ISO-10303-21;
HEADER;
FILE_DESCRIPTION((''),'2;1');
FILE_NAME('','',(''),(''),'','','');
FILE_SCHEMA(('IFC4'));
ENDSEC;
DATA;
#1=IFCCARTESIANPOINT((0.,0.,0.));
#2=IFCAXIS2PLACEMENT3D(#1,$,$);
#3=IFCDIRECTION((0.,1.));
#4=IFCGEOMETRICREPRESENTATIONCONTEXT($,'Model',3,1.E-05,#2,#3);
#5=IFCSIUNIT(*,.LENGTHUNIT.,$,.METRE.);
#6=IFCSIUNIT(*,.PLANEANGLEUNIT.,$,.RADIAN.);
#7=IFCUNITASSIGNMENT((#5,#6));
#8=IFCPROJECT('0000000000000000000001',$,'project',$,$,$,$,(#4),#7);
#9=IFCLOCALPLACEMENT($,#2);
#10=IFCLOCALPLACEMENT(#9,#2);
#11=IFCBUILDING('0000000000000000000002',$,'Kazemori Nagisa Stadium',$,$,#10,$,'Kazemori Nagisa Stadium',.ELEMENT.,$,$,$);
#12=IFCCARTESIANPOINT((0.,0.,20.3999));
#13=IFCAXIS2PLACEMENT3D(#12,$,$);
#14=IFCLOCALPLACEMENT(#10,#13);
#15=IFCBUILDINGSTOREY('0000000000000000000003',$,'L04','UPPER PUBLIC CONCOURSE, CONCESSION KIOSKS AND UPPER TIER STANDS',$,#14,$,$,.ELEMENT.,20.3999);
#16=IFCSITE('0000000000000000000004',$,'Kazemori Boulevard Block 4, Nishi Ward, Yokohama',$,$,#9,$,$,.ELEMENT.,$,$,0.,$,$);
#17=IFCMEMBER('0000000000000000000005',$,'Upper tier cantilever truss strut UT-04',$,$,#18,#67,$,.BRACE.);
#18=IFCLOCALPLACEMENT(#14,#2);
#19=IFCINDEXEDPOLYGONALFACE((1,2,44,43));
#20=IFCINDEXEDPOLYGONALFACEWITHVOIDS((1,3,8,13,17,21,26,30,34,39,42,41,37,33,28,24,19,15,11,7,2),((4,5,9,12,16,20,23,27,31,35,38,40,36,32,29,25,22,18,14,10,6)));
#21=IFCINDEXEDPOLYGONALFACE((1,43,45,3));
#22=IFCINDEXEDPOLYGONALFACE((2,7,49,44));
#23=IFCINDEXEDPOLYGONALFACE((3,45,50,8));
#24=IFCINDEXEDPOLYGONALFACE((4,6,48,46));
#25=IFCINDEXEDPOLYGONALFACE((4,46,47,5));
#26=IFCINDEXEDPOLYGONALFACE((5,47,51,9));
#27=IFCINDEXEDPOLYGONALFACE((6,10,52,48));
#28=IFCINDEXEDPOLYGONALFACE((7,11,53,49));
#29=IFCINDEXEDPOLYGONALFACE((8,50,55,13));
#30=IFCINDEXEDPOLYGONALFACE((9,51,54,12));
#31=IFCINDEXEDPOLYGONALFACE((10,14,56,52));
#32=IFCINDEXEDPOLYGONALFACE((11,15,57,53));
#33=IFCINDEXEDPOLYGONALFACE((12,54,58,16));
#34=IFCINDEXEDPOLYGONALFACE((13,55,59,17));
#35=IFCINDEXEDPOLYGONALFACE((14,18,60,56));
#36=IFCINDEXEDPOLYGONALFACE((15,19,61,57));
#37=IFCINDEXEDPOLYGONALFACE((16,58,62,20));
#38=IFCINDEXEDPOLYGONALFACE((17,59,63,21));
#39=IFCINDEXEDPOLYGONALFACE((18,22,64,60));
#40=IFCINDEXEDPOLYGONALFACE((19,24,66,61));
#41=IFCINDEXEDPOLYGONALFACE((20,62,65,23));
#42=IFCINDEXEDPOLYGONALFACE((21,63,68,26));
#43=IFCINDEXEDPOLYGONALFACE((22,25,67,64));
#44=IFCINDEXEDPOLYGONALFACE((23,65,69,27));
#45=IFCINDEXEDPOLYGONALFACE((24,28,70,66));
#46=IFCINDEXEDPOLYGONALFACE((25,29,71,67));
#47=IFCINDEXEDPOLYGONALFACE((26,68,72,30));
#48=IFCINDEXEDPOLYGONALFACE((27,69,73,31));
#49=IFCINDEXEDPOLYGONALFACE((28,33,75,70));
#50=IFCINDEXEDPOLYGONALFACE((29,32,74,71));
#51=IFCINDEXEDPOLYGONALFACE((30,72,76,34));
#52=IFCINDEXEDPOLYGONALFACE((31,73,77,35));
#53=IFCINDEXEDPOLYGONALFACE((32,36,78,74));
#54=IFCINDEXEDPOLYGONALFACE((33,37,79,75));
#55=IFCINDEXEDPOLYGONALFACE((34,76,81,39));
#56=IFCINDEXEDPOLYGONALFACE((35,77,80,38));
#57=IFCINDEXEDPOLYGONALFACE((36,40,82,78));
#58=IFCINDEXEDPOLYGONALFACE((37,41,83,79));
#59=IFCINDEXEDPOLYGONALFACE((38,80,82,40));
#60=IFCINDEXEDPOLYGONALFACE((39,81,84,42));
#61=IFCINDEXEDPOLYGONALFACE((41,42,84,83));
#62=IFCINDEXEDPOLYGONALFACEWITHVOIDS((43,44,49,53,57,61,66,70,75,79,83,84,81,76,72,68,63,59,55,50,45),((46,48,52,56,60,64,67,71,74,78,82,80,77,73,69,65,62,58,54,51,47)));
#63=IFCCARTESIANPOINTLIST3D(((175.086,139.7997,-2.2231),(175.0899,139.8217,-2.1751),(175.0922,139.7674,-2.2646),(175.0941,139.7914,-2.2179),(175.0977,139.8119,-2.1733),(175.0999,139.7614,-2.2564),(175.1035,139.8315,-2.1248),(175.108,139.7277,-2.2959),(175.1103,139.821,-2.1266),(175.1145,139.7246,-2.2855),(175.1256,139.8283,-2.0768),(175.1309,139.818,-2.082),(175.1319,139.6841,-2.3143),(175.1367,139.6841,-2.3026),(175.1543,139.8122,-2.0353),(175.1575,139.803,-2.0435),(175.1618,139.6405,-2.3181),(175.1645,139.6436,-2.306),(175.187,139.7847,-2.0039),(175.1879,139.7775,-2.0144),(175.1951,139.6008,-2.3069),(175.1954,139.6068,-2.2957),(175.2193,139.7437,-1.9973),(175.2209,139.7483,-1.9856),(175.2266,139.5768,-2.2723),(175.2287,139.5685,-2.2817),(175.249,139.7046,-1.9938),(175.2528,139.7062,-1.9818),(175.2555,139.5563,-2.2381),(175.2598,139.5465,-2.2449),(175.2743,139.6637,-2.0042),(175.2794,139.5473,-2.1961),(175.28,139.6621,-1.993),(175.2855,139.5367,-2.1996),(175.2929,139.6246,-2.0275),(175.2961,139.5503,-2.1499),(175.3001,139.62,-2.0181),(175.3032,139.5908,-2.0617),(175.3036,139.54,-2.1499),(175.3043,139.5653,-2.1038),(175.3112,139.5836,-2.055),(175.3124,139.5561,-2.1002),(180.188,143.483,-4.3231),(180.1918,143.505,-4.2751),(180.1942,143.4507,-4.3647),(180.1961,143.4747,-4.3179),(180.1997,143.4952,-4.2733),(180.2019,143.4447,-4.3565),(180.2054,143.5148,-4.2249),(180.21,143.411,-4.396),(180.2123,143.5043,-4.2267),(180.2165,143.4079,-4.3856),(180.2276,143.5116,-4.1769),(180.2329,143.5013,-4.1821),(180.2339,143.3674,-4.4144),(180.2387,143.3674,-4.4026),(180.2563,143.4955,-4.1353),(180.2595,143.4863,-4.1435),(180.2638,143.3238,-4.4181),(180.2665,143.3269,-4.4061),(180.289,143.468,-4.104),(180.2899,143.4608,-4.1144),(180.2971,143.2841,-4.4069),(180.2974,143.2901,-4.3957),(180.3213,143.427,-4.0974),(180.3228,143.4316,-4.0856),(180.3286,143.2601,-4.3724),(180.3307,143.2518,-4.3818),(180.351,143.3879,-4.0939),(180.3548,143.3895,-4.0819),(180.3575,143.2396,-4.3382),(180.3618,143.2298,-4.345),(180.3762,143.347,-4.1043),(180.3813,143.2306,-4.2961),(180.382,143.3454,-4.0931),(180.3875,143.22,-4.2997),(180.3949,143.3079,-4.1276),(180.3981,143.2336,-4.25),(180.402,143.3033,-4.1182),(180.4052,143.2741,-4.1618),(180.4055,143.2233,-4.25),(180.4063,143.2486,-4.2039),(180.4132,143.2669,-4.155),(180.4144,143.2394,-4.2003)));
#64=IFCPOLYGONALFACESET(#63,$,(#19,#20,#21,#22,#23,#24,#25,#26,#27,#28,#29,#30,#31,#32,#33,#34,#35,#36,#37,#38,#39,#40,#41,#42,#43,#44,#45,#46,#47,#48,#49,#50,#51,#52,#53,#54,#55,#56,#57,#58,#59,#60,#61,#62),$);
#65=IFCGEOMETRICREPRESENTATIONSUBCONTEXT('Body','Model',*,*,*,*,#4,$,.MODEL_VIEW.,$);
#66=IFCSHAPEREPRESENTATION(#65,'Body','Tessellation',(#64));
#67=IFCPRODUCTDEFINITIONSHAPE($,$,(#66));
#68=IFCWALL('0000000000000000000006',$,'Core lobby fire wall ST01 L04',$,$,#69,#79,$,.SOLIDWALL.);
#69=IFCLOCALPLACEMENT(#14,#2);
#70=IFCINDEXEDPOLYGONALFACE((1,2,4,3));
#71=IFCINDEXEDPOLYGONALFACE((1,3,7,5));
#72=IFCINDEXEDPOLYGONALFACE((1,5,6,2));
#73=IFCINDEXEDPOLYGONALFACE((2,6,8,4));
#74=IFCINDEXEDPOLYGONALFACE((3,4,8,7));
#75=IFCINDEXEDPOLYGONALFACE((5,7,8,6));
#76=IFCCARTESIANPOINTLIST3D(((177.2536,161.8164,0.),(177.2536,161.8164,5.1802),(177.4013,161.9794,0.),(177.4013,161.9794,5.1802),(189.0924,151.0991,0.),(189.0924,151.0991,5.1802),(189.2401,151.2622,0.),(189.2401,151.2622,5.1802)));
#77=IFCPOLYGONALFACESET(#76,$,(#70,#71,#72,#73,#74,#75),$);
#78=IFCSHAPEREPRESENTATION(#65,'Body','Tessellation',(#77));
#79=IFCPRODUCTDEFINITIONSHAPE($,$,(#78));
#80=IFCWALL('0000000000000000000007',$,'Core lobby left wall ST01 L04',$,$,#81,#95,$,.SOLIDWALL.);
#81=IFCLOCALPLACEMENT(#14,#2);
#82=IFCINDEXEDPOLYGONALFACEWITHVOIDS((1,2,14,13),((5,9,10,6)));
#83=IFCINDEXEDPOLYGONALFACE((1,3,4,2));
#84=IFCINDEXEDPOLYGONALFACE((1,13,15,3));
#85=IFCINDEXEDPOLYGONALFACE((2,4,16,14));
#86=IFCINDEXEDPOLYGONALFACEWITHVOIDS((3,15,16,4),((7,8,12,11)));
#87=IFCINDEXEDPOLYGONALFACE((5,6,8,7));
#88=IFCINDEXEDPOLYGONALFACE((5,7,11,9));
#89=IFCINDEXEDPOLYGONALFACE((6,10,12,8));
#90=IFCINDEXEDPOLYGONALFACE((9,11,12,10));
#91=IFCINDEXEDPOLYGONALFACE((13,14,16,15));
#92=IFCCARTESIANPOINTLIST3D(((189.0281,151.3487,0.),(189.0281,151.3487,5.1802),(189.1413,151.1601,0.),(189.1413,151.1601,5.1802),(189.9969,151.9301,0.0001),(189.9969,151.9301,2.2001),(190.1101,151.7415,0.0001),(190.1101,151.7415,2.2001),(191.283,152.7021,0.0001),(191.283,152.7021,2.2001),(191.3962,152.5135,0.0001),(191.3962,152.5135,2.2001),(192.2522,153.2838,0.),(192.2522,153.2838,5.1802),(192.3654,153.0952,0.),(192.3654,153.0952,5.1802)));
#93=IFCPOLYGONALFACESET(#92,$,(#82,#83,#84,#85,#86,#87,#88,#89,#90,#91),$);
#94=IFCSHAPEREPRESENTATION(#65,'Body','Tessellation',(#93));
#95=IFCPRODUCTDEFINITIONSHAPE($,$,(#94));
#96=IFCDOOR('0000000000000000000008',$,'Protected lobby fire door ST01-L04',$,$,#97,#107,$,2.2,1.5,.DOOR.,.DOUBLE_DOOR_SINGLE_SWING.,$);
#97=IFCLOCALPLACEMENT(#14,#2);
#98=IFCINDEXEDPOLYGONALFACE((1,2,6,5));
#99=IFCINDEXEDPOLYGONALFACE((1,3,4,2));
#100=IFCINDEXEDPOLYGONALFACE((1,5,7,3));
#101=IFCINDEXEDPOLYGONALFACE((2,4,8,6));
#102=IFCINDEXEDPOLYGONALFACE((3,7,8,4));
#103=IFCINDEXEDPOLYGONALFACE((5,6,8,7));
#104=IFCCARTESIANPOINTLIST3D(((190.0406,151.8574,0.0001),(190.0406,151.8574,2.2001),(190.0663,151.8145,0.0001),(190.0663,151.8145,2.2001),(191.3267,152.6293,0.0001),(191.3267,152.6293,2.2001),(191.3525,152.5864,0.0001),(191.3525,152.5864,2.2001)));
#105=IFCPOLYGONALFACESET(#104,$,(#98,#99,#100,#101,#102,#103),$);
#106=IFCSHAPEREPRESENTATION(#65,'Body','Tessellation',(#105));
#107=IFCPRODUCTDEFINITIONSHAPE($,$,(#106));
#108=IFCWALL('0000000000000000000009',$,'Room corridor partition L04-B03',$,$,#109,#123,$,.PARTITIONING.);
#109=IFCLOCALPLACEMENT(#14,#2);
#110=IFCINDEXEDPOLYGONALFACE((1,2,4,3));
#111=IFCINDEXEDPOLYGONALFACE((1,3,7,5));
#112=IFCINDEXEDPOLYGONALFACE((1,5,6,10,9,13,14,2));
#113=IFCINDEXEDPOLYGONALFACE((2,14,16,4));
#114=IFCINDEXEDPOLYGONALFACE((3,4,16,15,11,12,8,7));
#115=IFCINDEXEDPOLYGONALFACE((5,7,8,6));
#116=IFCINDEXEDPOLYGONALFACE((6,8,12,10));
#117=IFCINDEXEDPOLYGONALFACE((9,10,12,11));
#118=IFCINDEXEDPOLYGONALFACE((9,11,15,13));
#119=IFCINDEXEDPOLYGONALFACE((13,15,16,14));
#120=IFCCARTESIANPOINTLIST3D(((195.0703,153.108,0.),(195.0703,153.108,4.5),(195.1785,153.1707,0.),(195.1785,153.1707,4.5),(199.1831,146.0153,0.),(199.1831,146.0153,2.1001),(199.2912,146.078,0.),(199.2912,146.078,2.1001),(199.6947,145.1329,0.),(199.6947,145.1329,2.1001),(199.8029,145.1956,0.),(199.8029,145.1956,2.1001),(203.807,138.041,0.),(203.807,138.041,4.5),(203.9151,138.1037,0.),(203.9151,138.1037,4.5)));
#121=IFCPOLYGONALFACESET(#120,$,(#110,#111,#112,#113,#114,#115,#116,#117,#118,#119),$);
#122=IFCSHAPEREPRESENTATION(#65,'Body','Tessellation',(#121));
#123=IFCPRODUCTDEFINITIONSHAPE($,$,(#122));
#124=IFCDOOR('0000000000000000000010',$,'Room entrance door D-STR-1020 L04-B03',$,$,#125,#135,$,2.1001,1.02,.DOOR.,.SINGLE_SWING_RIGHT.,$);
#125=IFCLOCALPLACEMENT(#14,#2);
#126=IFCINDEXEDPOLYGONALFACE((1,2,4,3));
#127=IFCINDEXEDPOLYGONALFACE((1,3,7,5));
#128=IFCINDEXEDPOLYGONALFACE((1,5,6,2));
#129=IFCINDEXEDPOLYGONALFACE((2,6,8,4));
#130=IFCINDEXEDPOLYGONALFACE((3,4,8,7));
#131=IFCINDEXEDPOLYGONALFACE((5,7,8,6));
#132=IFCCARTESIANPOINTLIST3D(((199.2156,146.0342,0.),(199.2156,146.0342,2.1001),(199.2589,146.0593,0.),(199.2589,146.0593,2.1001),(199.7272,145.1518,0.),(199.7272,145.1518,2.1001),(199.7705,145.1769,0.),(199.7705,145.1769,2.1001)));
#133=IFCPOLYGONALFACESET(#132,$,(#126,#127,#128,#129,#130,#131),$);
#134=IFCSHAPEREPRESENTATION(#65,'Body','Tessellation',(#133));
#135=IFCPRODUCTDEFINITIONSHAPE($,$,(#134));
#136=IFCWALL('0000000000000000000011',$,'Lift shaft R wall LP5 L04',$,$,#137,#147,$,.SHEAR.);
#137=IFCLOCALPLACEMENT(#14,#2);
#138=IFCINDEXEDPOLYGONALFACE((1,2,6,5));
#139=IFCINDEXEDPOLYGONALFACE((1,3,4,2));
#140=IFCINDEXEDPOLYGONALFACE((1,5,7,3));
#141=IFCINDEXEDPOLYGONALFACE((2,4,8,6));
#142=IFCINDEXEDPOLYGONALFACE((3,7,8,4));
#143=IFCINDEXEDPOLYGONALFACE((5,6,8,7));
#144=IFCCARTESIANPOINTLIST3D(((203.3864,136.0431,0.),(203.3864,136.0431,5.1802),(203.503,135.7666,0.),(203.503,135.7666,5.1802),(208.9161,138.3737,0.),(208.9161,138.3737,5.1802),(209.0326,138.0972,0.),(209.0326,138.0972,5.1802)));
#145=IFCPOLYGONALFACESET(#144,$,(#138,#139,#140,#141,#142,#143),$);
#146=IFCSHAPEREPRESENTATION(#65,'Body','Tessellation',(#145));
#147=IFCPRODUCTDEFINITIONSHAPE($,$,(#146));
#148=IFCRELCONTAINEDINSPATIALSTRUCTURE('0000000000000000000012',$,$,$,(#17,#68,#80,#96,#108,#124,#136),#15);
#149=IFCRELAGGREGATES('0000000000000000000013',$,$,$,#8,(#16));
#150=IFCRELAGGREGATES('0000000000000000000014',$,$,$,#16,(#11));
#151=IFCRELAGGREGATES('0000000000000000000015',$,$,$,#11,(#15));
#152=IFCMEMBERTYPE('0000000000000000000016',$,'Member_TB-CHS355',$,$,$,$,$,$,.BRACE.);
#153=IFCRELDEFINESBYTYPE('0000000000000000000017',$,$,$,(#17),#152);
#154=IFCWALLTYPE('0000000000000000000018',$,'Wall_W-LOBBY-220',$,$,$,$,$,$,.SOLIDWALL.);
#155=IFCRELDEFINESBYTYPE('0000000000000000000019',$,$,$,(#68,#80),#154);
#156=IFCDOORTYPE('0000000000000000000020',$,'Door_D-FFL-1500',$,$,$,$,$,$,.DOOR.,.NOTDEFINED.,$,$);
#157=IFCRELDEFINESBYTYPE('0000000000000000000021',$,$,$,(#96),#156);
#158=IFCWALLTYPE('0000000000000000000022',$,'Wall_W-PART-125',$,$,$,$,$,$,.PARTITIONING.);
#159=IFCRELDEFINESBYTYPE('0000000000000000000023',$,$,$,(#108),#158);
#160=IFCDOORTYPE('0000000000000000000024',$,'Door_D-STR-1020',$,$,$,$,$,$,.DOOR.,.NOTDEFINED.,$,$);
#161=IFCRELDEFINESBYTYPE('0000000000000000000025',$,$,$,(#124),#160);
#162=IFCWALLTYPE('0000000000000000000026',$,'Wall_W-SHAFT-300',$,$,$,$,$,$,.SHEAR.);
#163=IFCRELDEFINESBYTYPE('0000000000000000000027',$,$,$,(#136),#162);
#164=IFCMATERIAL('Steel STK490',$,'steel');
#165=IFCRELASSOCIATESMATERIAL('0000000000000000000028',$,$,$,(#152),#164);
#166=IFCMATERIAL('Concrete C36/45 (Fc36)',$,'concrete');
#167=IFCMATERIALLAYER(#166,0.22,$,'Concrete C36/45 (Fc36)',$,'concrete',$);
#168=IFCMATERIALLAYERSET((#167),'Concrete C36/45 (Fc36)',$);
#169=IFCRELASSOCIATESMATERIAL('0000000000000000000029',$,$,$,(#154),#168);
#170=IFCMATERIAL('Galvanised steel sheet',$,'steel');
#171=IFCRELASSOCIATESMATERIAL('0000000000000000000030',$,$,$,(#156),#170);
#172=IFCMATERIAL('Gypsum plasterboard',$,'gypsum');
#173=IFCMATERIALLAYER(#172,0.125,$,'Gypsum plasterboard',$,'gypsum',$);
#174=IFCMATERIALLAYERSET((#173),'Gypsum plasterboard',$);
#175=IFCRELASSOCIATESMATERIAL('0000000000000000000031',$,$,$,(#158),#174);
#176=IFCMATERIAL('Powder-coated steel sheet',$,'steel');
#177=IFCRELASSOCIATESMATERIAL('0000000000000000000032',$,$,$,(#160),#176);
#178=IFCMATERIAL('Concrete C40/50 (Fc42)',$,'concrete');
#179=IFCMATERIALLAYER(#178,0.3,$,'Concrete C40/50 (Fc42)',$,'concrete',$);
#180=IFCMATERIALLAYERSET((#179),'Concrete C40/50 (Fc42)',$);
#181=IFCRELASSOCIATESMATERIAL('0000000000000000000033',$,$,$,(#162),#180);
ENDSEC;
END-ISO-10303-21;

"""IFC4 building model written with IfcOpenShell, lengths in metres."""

from ifc_helpers import new_model, si_unit, direction, frame, frame_2d, origin, origin_2d, place, context, subcontext, project, spatial, rectangle, hollow_circle, extrude, material, layer, layer_set, material_profile, profile_set, type_object, element, fill, save


model = new_model("IFC4")

# Units and contexts
model_context = context("Model", 3, precision=1e-05, world=origin(), true_north=direction((0.0, 1.0)))
body_context = subcontext(model_context, "Body", "Model", "MODEL_VIEW")
ifc_project = project(units=[si_unit("LENGTHUNIT", "METRE"), si_unit("PLANEANGLEUNIT", "RADIAN")], contexts=[model_context])

# Site, building, storey
site_placement = place(None, origin())
site = spatial("IfcSite", under=ifc_project, at=site_placement, Name="Kazemori Boulevard Block 4, Nishi Ward, Yokohama", CompositionType="ELEMENT", RefElevation=0.0)
building_placement = place(site_placement, origin())
building = spatial("IfcBuilding", under=site, at=building_placement, Name="Kazemori Nagisa Stadium", LongName="Kazemori Nagisa Stadium", CompositionType="ELEMENT")
storey_placement = place(building_placement, frame((0.0, 0.0, 20.3999)))
storey = spatial("IfcBuildingStorey", under=building, at=storey_placement, Name="L04", Description="UPPER PUBLIC CONCOURSE, CONCESSION KIOSKS AND UPPER TIER STANDS", CompositionType="ELEMENT", Elevation=20.3999)

# Member
ifc_material_1 = material(Name="Steel STK490", Category="steel")
ifc_material_profile_1 = material_profile(ifc_material_1, hollow_circle(Radius=0.1777, WallThickness=0.0127, at=origin_2d()), Name="CHS-355.6x12.7")
ifc_profile_set_1 = profile_set([ifc_material_profile_1], Name="Steel STK490")
member_type = type_object("IfcMemberType", Name="Member_TB-CHS355", PredefinedType="BRACE", material=ifc_profile_set_1)
member_placement = place(storey_placement, frame((180.3015, 143.3674, -4.25), z_axis=(-0.76909, -0.555233, 0.316571), x_axis=(0.585338, -0.81079, 0.0)))
element("IfcMember", 1, at=member_placement, inside=storey, type_object=member_type, Name="Upper tier cantilever truss strut UT-04", PredefinedType="BRACE", context=body_context, shape_type="SweptSolid", body=[
    extrude(hollow_circle(Radius=0.1777, WallThickness=0.0127, at=origin_2d()), origin(), (0.0, 0.0, 1.0), 6.6338),
])

# Wall
ifc_material_2 = material(Name="Concrete C36/45 (Fc36)", Category="concrete")
ifc_layer_1 = layer(ifc_material_2, 0.22, Name="Concrete C36/45 (Fc36)", Category="concrete")
ifc_layer_set_1 = layer_set([ifc_layer_1], Name="Concrete C36/45 (Fc36)")
wall_type_1 = type_object("IfcWallType", Name="Wall_W-LOBBY-220", PredefinedType="SOLIDWALL", material=ifc_layer_set_1)
wall_1_placement = place(storey_placement, frame((189.1663, 151.1807, 0.0), z_axis=(0.0, 0.0, 1.0), x_axis=(-0.741351, 0.671117, 0.0)))
element("IfcWall", 2, at=wall_1_placement, inside=storey, type_object=wall_type_1, Name="Core lobby fire wall ST01 L04", PredefinedType="SOLIDWALL", context=body_context, shape_type="SweptSolid", body=[
    extrude(rectangle(XDim=15.9692, YDim=0.22, at=frame_2d((7.9846, 0.0))), origin(), (0.0, 0.0, 1.0), 5.1802),
])

# Walls, openings, doors
wall_2_placement = place(storey_placement, frame((189.0847, 151.2544, 0.0), z_axis=(0.0, 0.0, 1.0), x_axis=(0.857424, 0.51461, 0.0)))
wall_2 = element("IfcWall", 3, at=wall_2_placement, inside=storey, type_object=wall_type_1, Name="Core lobby left wall ST01 L04", PredefinedType="SOLIDWALL", context=body_context, shape_type="SweptSolid", body=[
    extrude(rectangle(XDim=3.7603, YDim=0.22, at=frame_2d((1.8801, 0.0))), origin(), (0.0, 0.0, 1.0), 5.1802),
])
opening_1_placement = place(wall_2_placement, frame((1.1299, 0.0, 0.0)))
opening_1 = element("IfcOpeningElement", 4, at=opening_1_placement, cuts=wall_2, PredefinedType="OPENING", context=body_context, shape_type="SweptSolid", body=[
    extrude(rectangle(XDim=1.5, YDim=2.2, at=frame_2d((0.75, 1.1001))), frame((0.0, 0.1199, 0.0), z_axis=(0.0, -1.0, 0.0), x_axis=(1.0, 0.0, 0.0)), (0.0, 0.0, 1.0), 0.24),
])
ifc_material_3 = material(Name="Galvanised steel sheet", Category="steel")
door_type_1 = type_object("IfcDoorType", Name="Door_D-FFL-1500", OperationType="NOTDEFINED", PredefinedType="DOOR", material=ifc_material_3)
door_1_placement = place(opening_1_placement, frame((1.5, 0.0, 0.0), z_axis=(0.0, 0.0, 1.0), x_axis=(-1.0, 0.0, 0.0)))
door_1 = element("IfcDoor", 5, at=door_1_placement, inside=storey, type_object=door_type_1, Name="Protected lobby fire door ST01-L04", OperationType="DOUBLE_DOOR_SINGLE_SWING", OverallHeight=2.2, OverallWidth=1.5, PredefinedType="DOOR", context=body_context, shape_type="SweptSolid", body=[
    extrude(rectangle(XDim=1.5, YDim=2.2, at=frame_2d((0.75, 1.1001))), frame((0.0, 0.0249, 0.0), z_axis=(0.0, -1.0, 0.0), x_axis=(1.0, 0.0, 0.0)), (0.0, 0.0, 1.0), 0.05),
])
fill(opening_1, door_1)
ifc_material_4 = material(Name="Gypsum plasterboard", Category="gypsum")
ifc_layer_2 = layer(ifc_material_4, 0.125, Name="Gypsum plasterboard", Category="gypsum")
ifc_layer_set_2 = layer_set([ifc_layer_2], Name="Gypsum plasterboard")
wall_type_2 = type_object("IfcWallType", Name="Wall_W-PART-125", PredefinedType="PARTITIONING", material=ifc_layer_set_2)
wall_3_placement = place(storey_placement, frame((203.8611, 138.0723, 0.0), z_axis=(0.0, 0.0, 1.0), x_axis=(-0.501622, 0.865087, 0.0)))
wall_3 = element("IfcWall", 6, at=wall_3_placement, inside=storey, type_object=wall_type_2, Name="Room corridor partition L04-B03", PredefinedType="PARTITIONING", context=body_context, shape_type="SweptSolid", body=[
    extrude(rectangle(XDim=17.4167, YDim=0.125, at=frame_2d((8.7085, 0.0))), origin(), (0.0, 0.0, 1.0), 4.5),
])
opening_2_placement = place(wall_3_placement, frame((8.198, 0.0, 0.0)))
opening_2 = element("IfcOpeningElement", 7, at=opening_2_placement, cuts=wall_3, PredefinedType="OPENING", context=body_context, shape_type="SweptSolid", body=[
    extrude(rectangle(XDim=1.02, YDim=2.1001, at=frame_2d((0.51, 1.05))), frame((0.0, 0.0725, 0.0), z_axis=(0.0, -1.0, 0.0), x_axis=(1.0, 0.0, 0.0)), (0.0, 0.0, 1.0), 0.145),
])
ifc_material_5 = material(Name="Powder-coated steel sheet", Category="steel")
door_type_2 = type_object("IfcDoorType", Name="Door_D-STR-1020", OperationType="NOTDEFINED", PredefinedType="DOOR", material=ifc_material_5)
door_2_placement = place(opening_2_placement, origin())
door_2 = element("IfcDoor", 8, at=door_2_placement, inside=storey, type_object=door_type_2, Name="Room entrance door D-STR-1020 L04-B03", OperationType="SINGLE_SWING_RIGHT", OverallHeight=2.1001, OverallWidth=1.02, PredefinedType="DOOR", context=body_context, shape_type="SweptSolid", body=[
    extrude(rectangle(XDim=1.02, YDim=2.1001, at=frame_2d((0.51, 1.05))), frame((0.0, 0.0249, 0.0), z_axis=(0.0, -1.0, 0.0), x_axis=(1.0, 0.0, 0.0)), (0.0, 0.0, 1.0), 0.05),
])
fill(opening_2, door_2)

# Wall
ifc_material_6 = material(Name="Concrete C40/50 (Fc42)", Category="concrete")
ifc_layer_3 = layer(ifc_material_6, 0.3, Name="Concrete C40/50 (Fc42)", Category="concrete")
ifc_layer_set_3 = layer_set([ifc_layer_3], Name="Concrete C40/50 (Fc42)")
wall_type_3 = type_object("IfcWallType", Name="Wall_W-SHAFT-300", PredefinedType="SHEAR", material=ifc_layer_set_3)
wall_4_placement = place(storey_placement, frame((203.4446, 135.9048, 0.0), z_axis=(0.0, 0.0, 1.0), x_axis=(0.921496, 0.388388, 0.0)))
element("IfcWall", 9, at=wall_4_placement, inside=storey, type_object=wall_type_3, Name="Lift shaft R wall LP5 L04", PredefinedType="SHEAR", context=body_context, shape_type="SweptSolid", body=[
    extrude(rectangle(XDim=6.0007, YDim=0.3, at=frame_2d((3.0005, 0.0))), origin(), (0.0, 0.0, 1.0), 5.1802),
])

save(model, "model.ifc")
